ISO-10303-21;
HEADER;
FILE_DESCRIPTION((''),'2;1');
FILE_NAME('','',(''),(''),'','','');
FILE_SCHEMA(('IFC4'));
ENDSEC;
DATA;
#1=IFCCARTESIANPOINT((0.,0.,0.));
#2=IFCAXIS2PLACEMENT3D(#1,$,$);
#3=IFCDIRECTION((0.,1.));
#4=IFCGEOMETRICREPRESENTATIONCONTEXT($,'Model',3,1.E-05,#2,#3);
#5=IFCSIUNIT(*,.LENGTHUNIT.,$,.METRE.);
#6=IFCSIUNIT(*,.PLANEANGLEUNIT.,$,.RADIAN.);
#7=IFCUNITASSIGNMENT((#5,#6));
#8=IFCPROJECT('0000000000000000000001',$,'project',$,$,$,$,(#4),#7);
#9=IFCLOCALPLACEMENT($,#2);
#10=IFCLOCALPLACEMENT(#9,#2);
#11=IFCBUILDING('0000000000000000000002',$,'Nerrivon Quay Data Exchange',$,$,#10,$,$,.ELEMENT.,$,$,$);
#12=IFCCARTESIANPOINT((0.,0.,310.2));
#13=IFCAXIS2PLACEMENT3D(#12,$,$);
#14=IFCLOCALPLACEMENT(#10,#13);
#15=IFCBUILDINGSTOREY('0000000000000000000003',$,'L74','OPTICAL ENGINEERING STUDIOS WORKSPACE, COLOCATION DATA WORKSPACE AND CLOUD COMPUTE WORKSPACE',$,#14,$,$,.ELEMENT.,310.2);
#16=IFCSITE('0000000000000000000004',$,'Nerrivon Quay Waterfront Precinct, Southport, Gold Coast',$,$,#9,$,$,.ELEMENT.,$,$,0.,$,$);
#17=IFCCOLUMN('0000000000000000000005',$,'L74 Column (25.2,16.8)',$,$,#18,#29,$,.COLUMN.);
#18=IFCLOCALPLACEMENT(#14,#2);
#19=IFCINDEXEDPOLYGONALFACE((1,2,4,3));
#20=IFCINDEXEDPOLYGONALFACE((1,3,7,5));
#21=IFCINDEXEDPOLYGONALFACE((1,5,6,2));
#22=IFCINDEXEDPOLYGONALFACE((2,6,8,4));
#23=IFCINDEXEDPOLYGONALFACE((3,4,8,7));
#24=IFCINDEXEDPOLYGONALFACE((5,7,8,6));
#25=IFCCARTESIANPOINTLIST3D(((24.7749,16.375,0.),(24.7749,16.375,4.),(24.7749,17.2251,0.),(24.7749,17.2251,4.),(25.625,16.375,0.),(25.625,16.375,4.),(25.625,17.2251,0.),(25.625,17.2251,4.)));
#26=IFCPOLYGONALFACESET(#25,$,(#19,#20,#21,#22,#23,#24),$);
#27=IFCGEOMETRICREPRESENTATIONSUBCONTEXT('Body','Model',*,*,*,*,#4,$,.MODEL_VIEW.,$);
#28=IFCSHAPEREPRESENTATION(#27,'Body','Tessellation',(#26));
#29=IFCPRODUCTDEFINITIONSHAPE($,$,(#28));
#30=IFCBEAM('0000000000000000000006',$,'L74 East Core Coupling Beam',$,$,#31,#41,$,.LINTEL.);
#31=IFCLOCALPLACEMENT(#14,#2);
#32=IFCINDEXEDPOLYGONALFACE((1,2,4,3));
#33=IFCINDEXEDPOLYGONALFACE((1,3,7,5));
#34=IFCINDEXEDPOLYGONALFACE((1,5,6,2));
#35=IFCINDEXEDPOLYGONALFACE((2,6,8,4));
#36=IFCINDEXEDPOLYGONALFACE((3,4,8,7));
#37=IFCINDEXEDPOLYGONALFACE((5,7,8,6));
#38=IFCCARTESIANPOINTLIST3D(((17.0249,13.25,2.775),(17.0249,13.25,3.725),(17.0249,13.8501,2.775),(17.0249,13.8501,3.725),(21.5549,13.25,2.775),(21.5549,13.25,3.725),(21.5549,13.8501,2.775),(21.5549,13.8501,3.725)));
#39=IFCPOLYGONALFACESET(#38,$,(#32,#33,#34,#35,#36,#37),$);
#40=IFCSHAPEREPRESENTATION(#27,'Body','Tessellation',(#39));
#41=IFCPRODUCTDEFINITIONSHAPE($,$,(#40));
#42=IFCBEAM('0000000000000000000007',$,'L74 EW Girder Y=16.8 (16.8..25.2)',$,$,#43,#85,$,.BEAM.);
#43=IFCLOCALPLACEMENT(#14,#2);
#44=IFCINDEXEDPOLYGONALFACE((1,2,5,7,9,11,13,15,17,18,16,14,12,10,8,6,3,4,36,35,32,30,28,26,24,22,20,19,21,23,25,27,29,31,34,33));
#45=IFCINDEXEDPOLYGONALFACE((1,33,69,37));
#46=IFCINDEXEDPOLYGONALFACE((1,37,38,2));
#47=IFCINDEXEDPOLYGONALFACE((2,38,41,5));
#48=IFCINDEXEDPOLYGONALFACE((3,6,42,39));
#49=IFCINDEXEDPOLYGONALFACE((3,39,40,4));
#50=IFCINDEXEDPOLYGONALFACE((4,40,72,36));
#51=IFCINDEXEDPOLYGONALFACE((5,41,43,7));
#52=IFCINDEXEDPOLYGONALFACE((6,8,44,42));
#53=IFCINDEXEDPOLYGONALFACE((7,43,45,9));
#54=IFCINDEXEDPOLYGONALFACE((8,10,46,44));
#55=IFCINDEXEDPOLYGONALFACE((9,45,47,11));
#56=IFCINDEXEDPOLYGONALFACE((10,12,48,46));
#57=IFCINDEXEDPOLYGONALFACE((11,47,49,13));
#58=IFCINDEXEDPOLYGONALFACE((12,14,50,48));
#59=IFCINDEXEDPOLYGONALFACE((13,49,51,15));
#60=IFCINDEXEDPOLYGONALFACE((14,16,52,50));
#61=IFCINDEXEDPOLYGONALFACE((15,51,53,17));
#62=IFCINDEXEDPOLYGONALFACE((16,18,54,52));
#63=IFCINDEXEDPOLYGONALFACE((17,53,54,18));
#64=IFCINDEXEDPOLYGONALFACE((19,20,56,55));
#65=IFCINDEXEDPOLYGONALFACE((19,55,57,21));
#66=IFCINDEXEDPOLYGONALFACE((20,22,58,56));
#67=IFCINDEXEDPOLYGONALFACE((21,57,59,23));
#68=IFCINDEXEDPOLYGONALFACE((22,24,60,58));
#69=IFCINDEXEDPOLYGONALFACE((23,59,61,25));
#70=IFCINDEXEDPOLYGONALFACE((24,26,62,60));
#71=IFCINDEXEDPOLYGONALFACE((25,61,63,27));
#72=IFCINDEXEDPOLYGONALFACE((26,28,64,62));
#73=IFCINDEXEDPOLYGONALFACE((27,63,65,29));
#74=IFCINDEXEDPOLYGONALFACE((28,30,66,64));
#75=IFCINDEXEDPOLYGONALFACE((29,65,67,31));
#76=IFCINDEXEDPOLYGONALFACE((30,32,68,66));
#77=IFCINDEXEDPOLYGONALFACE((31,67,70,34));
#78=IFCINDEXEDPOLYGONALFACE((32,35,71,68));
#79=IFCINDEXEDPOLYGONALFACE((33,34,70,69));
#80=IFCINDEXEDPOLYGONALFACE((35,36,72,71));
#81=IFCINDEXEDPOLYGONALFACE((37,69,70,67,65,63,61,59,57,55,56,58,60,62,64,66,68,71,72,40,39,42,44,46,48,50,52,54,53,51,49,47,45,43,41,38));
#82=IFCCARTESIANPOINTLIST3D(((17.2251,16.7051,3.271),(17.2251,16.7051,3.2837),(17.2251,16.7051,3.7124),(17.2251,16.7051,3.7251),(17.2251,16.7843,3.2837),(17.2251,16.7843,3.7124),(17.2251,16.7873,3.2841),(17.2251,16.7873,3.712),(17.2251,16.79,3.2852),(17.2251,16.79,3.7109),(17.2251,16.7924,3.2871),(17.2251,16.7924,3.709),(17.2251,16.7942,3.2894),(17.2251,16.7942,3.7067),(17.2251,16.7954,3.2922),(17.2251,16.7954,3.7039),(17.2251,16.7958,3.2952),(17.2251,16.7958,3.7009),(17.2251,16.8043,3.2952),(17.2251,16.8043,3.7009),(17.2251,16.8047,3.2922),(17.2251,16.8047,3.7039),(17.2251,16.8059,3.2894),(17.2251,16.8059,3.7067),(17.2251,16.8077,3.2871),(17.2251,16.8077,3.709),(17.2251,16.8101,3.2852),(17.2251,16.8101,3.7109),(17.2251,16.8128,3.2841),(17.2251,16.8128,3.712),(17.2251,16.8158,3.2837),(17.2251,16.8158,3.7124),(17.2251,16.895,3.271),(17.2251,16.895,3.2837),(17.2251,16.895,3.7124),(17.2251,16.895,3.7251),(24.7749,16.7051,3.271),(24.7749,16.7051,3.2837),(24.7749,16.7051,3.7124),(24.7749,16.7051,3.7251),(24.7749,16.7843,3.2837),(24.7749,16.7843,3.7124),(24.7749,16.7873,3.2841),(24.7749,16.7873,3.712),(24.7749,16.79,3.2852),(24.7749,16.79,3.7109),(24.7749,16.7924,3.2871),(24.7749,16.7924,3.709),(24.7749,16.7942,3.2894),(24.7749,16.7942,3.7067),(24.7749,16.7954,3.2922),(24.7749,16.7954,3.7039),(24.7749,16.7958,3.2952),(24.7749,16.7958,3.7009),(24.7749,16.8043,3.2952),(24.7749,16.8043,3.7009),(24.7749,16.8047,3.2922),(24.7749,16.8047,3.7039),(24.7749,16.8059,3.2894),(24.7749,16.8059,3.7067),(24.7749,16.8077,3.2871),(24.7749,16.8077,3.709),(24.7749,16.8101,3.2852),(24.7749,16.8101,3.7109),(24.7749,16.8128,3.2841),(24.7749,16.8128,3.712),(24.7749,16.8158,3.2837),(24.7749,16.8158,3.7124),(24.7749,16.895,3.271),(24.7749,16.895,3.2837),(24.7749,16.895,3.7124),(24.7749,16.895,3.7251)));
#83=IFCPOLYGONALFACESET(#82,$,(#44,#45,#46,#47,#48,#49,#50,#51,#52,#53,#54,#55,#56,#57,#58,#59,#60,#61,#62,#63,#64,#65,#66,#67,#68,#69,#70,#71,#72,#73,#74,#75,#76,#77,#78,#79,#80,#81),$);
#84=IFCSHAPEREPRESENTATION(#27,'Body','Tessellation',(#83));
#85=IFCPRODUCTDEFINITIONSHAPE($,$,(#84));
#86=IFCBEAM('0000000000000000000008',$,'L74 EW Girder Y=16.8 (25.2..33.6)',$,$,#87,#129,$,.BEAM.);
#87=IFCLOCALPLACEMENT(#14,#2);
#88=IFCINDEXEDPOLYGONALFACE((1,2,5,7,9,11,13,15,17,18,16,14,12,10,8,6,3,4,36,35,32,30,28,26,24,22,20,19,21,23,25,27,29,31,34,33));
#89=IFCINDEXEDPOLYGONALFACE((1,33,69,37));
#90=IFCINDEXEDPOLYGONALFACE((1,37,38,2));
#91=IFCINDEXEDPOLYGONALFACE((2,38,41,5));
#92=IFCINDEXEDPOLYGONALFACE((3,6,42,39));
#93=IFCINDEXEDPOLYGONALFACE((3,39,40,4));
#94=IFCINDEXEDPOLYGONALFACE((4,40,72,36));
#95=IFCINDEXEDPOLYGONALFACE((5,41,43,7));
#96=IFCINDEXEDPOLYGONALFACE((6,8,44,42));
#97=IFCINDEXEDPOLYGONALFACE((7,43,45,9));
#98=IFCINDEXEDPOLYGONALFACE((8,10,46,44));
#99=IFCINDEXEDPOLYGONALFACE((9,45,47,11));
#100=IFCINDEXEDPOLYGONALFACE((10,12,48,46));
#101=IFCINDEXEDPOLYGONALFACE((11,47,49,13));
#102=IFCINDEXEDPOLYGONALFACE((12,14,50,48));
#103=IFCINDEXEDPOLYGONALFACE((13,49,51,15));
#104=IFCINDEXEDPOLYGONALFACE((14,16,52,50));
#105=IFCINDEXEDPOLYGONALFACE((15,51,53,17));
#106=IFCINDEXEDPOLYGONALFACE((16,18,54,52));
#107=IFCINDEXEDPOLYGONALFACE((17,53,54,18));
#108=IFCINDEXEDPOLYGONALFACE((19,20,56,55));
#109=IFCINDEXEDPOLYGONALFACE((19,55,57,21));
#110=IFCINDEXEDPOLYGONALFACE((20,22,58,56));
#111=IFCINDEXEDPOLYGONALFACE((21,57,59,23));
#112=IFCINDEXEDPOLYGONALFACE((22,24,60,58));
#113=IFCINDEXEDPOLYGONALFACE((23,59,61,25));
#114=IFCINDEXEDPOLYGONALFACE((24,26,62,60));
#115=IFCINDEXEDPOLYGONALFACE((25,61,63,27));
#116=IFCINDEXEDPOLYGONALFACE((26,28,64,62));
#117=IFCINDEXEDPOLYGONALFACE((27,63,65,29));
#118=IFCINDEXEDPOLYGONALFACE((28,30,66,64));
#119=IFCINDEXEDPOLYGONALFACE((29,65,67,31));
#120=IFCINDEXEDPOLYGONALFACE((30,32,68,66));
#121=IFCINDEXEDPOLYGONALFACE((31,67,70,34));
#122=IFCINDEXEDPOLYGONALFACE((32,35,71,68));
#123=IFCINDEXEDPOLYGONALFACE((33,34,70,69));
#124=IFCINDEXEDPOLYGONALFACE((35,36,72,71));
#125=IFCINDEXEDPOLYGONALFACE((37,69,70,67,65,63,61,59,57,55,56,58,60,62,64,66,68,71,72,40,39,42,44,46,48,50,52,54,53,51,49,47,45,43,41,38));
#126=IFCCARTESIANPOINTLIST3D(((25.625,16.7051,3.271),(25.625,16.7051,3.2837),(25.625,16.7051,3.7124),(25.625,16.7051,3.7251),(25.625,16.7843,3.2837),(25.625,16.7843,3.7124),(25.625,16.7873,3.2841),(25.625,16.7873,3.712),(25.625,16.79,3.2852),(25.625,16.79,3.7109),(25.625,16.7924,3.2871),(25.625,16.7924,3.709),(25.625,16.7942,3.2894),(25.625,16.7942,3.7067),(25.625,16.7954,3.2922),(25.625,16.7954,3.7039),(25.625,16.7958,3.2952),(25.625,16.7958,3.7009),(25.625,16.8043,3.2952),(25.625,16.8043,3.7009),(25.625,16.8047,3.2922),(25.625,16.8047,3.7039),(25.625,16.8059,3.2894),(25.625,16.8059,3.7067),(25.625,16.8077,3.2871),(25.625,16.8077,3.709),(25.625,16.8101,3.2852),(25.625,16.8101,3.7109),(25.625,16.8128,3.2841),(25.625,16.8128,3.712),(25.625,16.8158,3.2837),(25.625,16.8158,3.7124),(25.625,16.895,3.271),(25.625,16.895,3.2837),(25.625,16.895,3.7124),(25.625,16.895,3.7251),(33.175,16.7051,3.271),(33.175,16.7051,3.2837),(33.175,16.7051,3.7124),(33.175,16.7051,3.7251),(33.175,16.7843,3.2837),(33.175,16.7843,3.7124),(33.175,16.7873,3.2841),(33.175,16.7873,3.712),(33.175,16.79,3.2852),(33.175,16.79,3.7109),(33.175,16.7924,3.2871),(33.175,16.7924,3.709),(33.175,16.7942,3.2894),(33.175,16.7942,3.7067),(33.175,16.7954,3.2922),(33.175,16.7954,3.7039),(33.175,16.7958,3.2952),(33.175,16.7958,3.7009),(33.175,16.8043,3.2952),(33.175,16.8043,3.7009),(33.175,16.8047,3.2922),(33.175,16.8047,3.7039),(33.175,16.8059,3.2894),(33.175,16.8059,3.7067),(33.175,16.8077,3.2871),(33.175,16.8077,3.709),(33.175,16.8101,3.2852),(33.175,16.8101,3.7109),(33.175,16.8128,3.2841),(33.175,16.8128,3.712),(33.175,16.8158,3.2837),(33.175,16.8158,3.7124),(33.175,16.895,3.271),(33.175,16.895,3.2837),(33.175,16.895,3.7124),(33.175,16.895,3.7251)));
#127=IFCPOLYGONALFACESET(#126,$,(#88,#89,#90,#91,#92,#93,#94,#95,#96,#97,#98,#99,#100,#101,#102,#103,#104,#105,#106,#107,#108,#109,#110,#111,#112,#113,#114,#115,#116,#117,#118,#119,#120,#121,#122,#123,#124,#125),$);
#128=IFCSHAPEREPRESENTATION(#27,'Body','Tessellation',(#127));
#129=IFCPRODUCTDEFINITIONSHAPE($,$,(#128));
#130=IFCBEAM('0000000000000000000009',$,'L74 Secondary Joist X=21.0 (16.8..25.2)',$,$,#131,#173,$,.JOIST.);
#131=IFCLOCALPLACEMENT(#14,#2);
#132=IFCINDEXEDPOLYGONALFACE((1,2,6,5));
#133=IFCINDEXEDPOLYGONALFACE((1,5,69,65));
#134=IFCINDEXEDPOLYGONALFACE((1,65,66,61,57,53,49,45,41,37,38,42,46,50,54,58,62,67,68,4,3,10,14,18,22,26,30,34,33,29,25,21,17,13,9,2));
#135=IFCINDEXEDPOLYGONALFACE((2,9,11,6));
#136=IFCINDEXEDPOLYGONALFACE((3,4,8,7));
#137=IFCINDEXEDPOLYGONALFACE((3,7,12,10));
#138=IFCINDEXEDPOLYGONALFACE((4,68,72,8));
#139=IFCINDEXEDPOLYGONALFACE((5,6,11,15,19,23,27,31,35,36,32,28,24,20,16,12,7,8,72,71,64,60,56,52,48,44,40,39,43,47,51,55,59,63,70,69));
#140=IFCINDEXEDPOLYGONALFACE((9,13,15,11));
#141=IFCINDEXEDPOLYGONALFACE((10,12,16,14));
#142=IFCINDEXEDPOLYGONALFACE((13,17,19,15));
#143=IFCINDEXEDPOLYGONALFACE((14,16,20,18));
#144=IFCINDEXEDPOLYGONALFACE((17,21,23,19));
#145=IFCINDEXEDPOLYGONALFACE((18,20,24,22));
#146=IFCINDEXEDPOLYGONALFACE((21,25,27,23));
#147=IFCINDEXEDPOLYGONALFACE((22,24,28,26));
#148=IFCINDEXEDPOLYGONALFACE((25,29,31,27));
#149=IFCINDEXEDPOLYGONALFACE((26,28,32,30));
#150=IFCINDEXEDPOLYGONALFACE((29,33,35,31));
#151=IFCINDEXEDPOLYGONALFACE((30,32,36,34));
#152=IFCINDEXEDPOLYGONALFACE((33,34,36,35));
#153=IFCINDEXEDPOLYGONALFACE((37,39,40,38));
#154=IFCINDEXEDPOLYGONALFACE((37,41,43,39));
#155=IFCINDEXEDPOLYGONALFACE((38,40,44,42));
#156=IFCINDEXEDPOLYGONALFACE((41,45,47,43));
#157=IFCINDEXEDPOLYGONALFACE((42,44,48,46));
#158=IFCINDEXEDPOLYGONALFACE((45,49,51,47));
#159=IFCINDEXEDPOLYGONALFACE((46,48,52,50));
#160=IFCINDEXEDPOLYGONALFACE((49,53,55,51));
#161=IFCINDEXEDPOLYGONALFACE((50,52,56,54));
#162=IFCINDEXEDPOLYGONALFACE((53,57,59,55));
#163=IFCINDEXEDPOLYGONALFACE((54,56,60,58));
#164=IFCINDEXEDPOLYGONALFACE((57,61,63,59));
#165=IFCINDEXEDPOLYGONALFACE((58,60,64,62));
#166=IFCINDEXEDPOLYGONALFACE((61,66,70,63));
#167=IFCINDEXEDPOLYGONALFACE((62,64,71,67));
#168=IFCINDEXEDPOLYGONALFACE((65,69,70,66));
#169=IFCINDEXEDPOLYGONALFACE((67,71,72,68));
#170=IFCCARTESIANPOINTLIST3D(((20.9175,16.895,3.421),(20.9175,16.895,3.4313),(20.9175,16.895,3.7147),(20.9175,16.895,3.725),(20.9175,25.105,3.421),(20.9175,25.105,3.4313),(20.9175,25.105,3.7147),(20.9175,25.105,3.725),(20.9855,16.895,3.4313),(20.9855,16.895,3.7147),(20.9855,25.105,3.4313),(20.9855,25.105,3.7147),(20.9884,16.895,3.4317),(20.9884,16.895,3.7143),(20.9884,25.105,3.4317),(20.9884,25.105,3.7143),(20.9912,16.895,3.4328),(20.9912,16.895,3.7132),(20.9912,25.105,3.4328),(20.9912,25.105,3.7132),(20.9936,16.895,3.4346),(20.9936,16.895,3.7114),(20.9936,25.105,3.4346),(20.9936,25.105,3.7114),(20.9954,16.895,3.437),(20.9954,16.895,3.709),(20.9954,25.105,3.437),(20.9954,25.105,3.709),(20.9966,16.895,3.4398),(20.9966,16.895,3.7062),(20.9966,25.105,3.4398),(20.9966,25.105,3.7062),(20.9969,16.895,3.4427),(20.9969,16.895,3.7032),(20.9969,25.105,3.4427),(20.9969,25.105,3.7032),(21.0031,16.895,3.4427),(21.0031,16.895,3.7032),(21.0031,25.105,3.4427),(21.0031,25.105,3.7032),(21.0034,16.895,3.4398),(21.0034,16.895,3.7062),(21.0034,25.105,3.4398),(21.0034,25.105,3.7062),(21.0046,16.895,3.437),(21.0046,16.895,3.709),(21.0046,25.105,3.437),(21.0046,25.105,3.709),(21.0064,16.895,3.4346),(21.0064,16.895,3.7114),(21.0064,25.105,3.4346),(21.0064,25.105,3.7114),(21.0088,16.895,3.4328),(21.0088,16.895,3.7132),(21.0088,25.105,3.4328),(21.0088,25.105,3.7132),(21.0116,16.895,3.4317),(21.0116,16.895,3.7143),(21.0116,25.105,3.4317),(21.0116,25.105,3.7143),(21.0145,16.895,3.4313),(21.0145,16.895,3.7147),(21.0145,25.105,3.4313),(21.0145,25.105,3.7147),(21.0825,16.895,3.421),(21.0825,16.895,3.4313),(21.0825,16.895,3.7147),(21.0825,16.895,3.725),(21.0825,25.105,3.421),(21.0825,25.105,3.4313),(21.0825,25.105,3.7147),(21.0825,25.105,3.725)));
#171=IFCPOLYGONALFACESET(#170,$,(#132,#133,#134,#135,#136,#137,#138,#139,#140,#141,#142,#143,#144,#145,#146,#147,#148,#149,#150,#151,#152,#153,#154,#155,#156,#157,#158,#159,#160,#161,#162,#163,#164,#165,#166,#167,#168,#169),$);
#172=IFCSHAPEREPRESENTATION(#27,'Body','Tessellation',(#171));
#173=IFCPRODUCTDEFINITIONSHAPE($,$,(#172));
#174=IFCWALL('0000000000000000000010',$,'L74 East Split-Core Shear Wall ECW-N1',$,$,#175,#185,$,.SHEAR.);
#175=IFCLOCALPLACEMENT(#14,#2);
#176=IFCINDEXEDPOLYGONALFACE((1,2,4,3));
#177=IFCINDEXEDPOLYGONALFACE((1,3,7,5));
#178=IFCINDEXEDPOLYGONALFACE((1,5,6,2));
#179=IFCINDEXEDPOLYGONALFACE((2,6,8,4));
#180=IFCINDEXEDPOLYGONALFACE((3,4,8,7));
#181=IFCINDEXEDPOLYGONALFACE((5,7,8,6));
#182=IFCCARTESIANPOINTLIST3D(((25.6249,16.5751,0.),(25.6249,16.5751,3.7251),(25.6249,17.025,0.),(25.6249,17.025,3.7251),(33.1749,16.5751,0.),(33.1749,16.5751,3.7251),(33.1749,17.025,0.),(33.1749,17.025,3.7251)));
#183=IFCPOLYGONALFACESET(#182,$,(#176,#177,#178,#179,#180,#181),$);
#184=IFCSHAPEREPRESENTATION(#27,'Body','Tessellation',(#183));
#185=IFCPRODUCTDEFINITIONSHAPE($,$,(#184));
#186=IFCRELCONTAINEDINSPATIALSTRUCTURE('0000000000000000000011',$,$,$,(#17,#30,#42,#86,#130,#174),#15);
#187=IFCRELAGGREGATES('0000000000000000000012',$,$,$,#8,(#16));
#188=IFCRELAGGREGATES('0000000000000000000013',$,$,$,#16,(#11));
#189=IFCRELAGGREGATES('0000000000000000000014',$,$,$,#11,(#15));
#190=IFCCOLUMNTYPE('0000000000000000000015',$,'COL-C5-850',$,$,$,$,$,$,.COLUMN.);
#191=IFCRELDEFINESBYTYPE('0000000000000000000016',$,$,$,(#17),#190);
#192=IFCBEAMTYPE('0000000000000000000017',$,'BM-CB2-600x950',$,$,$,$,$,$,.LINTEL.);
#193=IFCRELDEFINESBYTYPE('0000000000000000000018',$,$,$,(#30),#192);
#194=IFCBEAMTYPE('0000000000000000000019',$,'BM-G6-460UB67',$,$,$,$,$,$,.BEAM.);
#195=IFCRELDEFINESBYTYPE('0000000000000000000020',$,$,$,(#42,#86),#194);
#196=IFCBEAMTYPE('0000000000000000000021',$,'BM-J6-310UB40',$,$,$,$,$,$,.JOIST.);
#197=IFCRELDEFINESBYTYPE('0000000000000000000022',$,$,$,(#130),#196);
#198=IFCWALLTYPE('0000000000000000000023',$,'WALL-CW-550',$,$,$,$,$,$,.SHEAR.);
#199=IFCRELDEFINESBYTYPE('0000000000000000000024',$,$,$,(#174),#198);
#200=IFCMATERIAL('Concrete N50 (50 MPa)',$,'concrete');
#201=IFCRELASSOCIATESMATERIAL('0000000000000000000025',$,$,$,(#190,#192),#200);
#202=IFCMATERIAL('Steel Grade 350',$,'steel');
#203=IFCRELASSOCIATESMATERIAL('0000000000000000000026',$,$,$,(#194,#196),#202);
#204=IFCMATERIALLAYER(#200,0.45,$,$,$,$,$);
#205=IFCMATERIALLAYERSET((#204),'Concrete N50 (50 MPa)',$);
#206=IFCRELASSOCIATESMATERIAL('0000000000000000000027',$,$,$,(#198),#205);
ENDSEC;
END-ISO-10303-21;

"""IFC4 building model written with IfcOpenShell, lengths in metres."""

from ifc_helpers import new_model, si_unit, direction, frame, frame_2d, origin, origin_2d, place, context, subcontext, project, spatial, rectangle, i_section, extrude, material, layer, layer_set, material_profile, profile_set, type_object, element, save


model = new_model("IFC4")

# Units and contexts
model_context = context("Model", 3, precision=1e-05, world=origin(), true_north=direction((0.0, 1.0)))
body_context = subcontext(model_context, "Body", "Model", "MODEL_VIEW")
ifc_project = project(units=[si_unit("LENGTHUNIT", "METRE"), si_unit("PLANEANGLEUNIT", "RADIAN")], contexts=[model_context])

# Site, building, storey
site_placement = place(None, origin())
site = spatial("IfcSite", under=ifc_project, at=site_placement, Name="Nerrivon Quay Waterfront Precinct, Southport, Gold Coast", CompositionType="ELEMENT", RefElevation=0.0)
building_placement = place(site_placement, origin())
building = spatial("IfcBuilding", under=site, at=building_placement, Name="Nerrivon Quay Data Exchange", CompositionType="ELEMENT")
storey_placement = place(building_placement, frame((0.0, 0.0, 310.2)))
storey = spatial("IfcBuildingStorey", under=building, at=storey_placement, Name="L74", Description="OPTICAL ENGINEERING STUDIOS WORKSPACE, COLOCATION DATA WORKSPACE AND CLOUD COMPUTE WORKSPACE", CompositionType="ELEMENT", Elevation=310.2)

# Column
ifc_material_1 = material(Name="Concrete N50 (50 MPa)", Category="concrete")
ifc_material_profile_1 = material_profile(ifc_material_1, rectangle(XDim=0.8501, YDim=0.8501, at=origin_2d()), Name="RC-COL-850x850")
ifc_profile_set_1 = profile_set([ifc_material_profile_1], Name="Concrete N50 (50 MPa)")
column_type = type_object("IfcColumnType", Name="COL-C5-850", PredefinedType="COLUMN", material=ifc_profile_set_1)
column_placement = place(storey_placement, frame((25.2, 16.8, 0.0), z_axis=(0.0, 0.0, 1.0), x_axis=(1.0, 0.0, 0.0)))
element("IfcColumn", 1, at=column_placement, inside=storey, type_object=column_type, Name="L74 Column (25.2,16.8)", PredefinedType="COLUMN", context=body_context, shape_type="SweptSolid", body=[
    extrude(rectangle(XDim=0.8501, YDim=0.8501, at=origin_2d()), origin(), (0.0, 0.0, 1.0), 4.0),
])

# Beams
ifc_material_profile_2 = material_profile(ifc_material_1, rectangle(XDim=0.6001, YDim=0.95, at=origin_2d()), Name="RC-CB-600x950")
ifc_profile_set_2 = profile_set([ifc_material_profile_2], Name="Concrete N50 (50 MPa)")
beam_type_1 = type_object("IfcBeamType", Name="BM-CB2-600x950", PredefinedType="LINTEL", material=ifc_profile_set_2)
beam_1_placement = place(storey_placement, frame((17.0249, 13.55, 3.25), z_axis=(1.0, 0.0, 0.0), x_axis=(0.0, 1.0, 0.0)))
element("IfcBeam", 2, at=beam_1_placement, inside=storey, type_object=beam_type_1, Name="L74 East Core Coupling Beam", PredefinedType="LINTEL", context=body_context, shape_type="SweptSolid", body=[
    extrude(rectangle(XDim=0.6001, YDim=0.95, at=origin_2d()), origin(), (0.0, 0.0, 1.0), 4.53),
])
ifc_material_2 = material(Name="Steel Grade 350", Category="steel")
ifc_material_profile_3 = material_profile(ifc_material_2, i_section(OverallWidth=0.1899, OverallDepth=0.4541, WebThickness=0.0085, FlangeThickness=0.0127, FilletRadius=0.0115, at=origin_2d()), Name="460UB67.1")
ifc_profile_set_3 = profile_set([ifc_material_profile_3], Name="Steel Grade 350")
beam_type_2 = type_object("IfcBeamType", Name="BM-G6-460UB67", PredefinedType="BEAM", material=ifc_profile_set_3)
beam_2_placement = place(storey_placement, frame((17.2251, 16.8, 3.498), z_axis=(1.0, 0.0, 0.0), x_axis=(0.0, 1.0, 0.0)))
element("IfcBeam", 3, at=beam_2_placement, inside=storey, type_object=beam_type_2, Name="L74 EW Girder Y=16.8 (16.8..25.2)", PredefinedType="BEAM", context=body_context, shape_type="SweptSolid", body=[
    extrude(i_section(OverallWidth=0.1899, OverallDepth=0.4541, WebThickness=0.0085, FlangeThickness=0.0127, FilletRadius=0.0115, at=origin_2d()), origin(), (0.0, 0.0, 1.0), 7.5498),
])
beam_3_placement = place(storey_placement, frame((25.625, 16.8, 3.498), z_axis=(1.0, 0.0, 0.0), x_axis=(0.0, 1.0, 0.0)))
element("IfcBeam", 4, at=beam_3_placement, inside=storey, type_object=beam_type_2, Name="L74 EW Girder Y=16.8 (25.2..33.6)", PredefinedType="BEAM", context=body_context, shape_type="SweptSolid", body=[
    extrude(i_section(OverallWidth=0.1899, OverallDepth=0.4541, WebThickness=0.0085, FlangeThickness=0.0127, FilletRadius=0.0115, at=origin_2d()), origin(), (0.0, 0.0, 1.0), 7.55),
])
ifc_material_profile_4 = material_profile(ifc_material_2, i_section(OverallWidth=0.165, OverallDepth=0.304, WebThickness=0.0061, FlangeThickness=0.0103, FilletRadius=0.0115, at=origin_2d()), Name="310UB40.4")
ifc_profile_set_4 = profile_set([ifc_material_profile_4], Name="Steel Grade 350")
beam_type_3 = type_object("IfcBeamType", Name="BM-J6-310UB40", PredefinedType="JOIST", material=ifc_profile_set_4)
beam_4_placement = place(storey_placement, frame((21.0, 16.895, 3.573), z_axis=(0.0, 1.0, 0.0), x_axis=(-1.0, 0.0, 0.0)))
element("IfcBeam", 5, at=beam_4_placement, inside=storey, type_object=beam_type_3, Name="L74 Secondary Joist X=21.0 (16.8..25.2)", PredefinedType="JOIST", context=body_context, shape_type="SweptSolid", body=[
    extrude(i_section(OverallWidth=0.165, OverallDepth=0.304, WebThickness=0.0061, FlangeThickness=0.0103, FilletRadius=0.0115, at=origin_2d()), origin(), (0.0, 0.0, 1.0), 8.21),
])

# Wall
ifc_layer_1 = layer(ifc_material_1, 0.45)
ifc_layer_set_1 = layer_set([ifc_layer_1], Name="Concrete N50 (50 MPa)")
wall_type_1 = type_object("IfcWallType", Name="WALL-CW-550", PredefinedType="SHEAR", material=ifc_layer_set_1)
wall_1_placement = place(storey_placement, frame((25.625, 16.8, 0.0), z_axis=(0.0, 0.0, 1.0), x_axis=(1.0, 0.0, 0.0)))
element("IfcWall", 6, at=wall_1_placement, inside=storey, type_object=wall_type_1, Name="L74 East Split-Core Shear Wall ECW-N1", PredefinedType="SHEAR", context=body_context, shape_type="SweptSolid", body=[
    extrude(rectangle(XDim=7.55, YDim=0.45, at=frame_2d((3.7749, 0.0))), origin(), (0.0, 0.0, 1.0), 3.7251),
])

save(model, "model.ifc")
